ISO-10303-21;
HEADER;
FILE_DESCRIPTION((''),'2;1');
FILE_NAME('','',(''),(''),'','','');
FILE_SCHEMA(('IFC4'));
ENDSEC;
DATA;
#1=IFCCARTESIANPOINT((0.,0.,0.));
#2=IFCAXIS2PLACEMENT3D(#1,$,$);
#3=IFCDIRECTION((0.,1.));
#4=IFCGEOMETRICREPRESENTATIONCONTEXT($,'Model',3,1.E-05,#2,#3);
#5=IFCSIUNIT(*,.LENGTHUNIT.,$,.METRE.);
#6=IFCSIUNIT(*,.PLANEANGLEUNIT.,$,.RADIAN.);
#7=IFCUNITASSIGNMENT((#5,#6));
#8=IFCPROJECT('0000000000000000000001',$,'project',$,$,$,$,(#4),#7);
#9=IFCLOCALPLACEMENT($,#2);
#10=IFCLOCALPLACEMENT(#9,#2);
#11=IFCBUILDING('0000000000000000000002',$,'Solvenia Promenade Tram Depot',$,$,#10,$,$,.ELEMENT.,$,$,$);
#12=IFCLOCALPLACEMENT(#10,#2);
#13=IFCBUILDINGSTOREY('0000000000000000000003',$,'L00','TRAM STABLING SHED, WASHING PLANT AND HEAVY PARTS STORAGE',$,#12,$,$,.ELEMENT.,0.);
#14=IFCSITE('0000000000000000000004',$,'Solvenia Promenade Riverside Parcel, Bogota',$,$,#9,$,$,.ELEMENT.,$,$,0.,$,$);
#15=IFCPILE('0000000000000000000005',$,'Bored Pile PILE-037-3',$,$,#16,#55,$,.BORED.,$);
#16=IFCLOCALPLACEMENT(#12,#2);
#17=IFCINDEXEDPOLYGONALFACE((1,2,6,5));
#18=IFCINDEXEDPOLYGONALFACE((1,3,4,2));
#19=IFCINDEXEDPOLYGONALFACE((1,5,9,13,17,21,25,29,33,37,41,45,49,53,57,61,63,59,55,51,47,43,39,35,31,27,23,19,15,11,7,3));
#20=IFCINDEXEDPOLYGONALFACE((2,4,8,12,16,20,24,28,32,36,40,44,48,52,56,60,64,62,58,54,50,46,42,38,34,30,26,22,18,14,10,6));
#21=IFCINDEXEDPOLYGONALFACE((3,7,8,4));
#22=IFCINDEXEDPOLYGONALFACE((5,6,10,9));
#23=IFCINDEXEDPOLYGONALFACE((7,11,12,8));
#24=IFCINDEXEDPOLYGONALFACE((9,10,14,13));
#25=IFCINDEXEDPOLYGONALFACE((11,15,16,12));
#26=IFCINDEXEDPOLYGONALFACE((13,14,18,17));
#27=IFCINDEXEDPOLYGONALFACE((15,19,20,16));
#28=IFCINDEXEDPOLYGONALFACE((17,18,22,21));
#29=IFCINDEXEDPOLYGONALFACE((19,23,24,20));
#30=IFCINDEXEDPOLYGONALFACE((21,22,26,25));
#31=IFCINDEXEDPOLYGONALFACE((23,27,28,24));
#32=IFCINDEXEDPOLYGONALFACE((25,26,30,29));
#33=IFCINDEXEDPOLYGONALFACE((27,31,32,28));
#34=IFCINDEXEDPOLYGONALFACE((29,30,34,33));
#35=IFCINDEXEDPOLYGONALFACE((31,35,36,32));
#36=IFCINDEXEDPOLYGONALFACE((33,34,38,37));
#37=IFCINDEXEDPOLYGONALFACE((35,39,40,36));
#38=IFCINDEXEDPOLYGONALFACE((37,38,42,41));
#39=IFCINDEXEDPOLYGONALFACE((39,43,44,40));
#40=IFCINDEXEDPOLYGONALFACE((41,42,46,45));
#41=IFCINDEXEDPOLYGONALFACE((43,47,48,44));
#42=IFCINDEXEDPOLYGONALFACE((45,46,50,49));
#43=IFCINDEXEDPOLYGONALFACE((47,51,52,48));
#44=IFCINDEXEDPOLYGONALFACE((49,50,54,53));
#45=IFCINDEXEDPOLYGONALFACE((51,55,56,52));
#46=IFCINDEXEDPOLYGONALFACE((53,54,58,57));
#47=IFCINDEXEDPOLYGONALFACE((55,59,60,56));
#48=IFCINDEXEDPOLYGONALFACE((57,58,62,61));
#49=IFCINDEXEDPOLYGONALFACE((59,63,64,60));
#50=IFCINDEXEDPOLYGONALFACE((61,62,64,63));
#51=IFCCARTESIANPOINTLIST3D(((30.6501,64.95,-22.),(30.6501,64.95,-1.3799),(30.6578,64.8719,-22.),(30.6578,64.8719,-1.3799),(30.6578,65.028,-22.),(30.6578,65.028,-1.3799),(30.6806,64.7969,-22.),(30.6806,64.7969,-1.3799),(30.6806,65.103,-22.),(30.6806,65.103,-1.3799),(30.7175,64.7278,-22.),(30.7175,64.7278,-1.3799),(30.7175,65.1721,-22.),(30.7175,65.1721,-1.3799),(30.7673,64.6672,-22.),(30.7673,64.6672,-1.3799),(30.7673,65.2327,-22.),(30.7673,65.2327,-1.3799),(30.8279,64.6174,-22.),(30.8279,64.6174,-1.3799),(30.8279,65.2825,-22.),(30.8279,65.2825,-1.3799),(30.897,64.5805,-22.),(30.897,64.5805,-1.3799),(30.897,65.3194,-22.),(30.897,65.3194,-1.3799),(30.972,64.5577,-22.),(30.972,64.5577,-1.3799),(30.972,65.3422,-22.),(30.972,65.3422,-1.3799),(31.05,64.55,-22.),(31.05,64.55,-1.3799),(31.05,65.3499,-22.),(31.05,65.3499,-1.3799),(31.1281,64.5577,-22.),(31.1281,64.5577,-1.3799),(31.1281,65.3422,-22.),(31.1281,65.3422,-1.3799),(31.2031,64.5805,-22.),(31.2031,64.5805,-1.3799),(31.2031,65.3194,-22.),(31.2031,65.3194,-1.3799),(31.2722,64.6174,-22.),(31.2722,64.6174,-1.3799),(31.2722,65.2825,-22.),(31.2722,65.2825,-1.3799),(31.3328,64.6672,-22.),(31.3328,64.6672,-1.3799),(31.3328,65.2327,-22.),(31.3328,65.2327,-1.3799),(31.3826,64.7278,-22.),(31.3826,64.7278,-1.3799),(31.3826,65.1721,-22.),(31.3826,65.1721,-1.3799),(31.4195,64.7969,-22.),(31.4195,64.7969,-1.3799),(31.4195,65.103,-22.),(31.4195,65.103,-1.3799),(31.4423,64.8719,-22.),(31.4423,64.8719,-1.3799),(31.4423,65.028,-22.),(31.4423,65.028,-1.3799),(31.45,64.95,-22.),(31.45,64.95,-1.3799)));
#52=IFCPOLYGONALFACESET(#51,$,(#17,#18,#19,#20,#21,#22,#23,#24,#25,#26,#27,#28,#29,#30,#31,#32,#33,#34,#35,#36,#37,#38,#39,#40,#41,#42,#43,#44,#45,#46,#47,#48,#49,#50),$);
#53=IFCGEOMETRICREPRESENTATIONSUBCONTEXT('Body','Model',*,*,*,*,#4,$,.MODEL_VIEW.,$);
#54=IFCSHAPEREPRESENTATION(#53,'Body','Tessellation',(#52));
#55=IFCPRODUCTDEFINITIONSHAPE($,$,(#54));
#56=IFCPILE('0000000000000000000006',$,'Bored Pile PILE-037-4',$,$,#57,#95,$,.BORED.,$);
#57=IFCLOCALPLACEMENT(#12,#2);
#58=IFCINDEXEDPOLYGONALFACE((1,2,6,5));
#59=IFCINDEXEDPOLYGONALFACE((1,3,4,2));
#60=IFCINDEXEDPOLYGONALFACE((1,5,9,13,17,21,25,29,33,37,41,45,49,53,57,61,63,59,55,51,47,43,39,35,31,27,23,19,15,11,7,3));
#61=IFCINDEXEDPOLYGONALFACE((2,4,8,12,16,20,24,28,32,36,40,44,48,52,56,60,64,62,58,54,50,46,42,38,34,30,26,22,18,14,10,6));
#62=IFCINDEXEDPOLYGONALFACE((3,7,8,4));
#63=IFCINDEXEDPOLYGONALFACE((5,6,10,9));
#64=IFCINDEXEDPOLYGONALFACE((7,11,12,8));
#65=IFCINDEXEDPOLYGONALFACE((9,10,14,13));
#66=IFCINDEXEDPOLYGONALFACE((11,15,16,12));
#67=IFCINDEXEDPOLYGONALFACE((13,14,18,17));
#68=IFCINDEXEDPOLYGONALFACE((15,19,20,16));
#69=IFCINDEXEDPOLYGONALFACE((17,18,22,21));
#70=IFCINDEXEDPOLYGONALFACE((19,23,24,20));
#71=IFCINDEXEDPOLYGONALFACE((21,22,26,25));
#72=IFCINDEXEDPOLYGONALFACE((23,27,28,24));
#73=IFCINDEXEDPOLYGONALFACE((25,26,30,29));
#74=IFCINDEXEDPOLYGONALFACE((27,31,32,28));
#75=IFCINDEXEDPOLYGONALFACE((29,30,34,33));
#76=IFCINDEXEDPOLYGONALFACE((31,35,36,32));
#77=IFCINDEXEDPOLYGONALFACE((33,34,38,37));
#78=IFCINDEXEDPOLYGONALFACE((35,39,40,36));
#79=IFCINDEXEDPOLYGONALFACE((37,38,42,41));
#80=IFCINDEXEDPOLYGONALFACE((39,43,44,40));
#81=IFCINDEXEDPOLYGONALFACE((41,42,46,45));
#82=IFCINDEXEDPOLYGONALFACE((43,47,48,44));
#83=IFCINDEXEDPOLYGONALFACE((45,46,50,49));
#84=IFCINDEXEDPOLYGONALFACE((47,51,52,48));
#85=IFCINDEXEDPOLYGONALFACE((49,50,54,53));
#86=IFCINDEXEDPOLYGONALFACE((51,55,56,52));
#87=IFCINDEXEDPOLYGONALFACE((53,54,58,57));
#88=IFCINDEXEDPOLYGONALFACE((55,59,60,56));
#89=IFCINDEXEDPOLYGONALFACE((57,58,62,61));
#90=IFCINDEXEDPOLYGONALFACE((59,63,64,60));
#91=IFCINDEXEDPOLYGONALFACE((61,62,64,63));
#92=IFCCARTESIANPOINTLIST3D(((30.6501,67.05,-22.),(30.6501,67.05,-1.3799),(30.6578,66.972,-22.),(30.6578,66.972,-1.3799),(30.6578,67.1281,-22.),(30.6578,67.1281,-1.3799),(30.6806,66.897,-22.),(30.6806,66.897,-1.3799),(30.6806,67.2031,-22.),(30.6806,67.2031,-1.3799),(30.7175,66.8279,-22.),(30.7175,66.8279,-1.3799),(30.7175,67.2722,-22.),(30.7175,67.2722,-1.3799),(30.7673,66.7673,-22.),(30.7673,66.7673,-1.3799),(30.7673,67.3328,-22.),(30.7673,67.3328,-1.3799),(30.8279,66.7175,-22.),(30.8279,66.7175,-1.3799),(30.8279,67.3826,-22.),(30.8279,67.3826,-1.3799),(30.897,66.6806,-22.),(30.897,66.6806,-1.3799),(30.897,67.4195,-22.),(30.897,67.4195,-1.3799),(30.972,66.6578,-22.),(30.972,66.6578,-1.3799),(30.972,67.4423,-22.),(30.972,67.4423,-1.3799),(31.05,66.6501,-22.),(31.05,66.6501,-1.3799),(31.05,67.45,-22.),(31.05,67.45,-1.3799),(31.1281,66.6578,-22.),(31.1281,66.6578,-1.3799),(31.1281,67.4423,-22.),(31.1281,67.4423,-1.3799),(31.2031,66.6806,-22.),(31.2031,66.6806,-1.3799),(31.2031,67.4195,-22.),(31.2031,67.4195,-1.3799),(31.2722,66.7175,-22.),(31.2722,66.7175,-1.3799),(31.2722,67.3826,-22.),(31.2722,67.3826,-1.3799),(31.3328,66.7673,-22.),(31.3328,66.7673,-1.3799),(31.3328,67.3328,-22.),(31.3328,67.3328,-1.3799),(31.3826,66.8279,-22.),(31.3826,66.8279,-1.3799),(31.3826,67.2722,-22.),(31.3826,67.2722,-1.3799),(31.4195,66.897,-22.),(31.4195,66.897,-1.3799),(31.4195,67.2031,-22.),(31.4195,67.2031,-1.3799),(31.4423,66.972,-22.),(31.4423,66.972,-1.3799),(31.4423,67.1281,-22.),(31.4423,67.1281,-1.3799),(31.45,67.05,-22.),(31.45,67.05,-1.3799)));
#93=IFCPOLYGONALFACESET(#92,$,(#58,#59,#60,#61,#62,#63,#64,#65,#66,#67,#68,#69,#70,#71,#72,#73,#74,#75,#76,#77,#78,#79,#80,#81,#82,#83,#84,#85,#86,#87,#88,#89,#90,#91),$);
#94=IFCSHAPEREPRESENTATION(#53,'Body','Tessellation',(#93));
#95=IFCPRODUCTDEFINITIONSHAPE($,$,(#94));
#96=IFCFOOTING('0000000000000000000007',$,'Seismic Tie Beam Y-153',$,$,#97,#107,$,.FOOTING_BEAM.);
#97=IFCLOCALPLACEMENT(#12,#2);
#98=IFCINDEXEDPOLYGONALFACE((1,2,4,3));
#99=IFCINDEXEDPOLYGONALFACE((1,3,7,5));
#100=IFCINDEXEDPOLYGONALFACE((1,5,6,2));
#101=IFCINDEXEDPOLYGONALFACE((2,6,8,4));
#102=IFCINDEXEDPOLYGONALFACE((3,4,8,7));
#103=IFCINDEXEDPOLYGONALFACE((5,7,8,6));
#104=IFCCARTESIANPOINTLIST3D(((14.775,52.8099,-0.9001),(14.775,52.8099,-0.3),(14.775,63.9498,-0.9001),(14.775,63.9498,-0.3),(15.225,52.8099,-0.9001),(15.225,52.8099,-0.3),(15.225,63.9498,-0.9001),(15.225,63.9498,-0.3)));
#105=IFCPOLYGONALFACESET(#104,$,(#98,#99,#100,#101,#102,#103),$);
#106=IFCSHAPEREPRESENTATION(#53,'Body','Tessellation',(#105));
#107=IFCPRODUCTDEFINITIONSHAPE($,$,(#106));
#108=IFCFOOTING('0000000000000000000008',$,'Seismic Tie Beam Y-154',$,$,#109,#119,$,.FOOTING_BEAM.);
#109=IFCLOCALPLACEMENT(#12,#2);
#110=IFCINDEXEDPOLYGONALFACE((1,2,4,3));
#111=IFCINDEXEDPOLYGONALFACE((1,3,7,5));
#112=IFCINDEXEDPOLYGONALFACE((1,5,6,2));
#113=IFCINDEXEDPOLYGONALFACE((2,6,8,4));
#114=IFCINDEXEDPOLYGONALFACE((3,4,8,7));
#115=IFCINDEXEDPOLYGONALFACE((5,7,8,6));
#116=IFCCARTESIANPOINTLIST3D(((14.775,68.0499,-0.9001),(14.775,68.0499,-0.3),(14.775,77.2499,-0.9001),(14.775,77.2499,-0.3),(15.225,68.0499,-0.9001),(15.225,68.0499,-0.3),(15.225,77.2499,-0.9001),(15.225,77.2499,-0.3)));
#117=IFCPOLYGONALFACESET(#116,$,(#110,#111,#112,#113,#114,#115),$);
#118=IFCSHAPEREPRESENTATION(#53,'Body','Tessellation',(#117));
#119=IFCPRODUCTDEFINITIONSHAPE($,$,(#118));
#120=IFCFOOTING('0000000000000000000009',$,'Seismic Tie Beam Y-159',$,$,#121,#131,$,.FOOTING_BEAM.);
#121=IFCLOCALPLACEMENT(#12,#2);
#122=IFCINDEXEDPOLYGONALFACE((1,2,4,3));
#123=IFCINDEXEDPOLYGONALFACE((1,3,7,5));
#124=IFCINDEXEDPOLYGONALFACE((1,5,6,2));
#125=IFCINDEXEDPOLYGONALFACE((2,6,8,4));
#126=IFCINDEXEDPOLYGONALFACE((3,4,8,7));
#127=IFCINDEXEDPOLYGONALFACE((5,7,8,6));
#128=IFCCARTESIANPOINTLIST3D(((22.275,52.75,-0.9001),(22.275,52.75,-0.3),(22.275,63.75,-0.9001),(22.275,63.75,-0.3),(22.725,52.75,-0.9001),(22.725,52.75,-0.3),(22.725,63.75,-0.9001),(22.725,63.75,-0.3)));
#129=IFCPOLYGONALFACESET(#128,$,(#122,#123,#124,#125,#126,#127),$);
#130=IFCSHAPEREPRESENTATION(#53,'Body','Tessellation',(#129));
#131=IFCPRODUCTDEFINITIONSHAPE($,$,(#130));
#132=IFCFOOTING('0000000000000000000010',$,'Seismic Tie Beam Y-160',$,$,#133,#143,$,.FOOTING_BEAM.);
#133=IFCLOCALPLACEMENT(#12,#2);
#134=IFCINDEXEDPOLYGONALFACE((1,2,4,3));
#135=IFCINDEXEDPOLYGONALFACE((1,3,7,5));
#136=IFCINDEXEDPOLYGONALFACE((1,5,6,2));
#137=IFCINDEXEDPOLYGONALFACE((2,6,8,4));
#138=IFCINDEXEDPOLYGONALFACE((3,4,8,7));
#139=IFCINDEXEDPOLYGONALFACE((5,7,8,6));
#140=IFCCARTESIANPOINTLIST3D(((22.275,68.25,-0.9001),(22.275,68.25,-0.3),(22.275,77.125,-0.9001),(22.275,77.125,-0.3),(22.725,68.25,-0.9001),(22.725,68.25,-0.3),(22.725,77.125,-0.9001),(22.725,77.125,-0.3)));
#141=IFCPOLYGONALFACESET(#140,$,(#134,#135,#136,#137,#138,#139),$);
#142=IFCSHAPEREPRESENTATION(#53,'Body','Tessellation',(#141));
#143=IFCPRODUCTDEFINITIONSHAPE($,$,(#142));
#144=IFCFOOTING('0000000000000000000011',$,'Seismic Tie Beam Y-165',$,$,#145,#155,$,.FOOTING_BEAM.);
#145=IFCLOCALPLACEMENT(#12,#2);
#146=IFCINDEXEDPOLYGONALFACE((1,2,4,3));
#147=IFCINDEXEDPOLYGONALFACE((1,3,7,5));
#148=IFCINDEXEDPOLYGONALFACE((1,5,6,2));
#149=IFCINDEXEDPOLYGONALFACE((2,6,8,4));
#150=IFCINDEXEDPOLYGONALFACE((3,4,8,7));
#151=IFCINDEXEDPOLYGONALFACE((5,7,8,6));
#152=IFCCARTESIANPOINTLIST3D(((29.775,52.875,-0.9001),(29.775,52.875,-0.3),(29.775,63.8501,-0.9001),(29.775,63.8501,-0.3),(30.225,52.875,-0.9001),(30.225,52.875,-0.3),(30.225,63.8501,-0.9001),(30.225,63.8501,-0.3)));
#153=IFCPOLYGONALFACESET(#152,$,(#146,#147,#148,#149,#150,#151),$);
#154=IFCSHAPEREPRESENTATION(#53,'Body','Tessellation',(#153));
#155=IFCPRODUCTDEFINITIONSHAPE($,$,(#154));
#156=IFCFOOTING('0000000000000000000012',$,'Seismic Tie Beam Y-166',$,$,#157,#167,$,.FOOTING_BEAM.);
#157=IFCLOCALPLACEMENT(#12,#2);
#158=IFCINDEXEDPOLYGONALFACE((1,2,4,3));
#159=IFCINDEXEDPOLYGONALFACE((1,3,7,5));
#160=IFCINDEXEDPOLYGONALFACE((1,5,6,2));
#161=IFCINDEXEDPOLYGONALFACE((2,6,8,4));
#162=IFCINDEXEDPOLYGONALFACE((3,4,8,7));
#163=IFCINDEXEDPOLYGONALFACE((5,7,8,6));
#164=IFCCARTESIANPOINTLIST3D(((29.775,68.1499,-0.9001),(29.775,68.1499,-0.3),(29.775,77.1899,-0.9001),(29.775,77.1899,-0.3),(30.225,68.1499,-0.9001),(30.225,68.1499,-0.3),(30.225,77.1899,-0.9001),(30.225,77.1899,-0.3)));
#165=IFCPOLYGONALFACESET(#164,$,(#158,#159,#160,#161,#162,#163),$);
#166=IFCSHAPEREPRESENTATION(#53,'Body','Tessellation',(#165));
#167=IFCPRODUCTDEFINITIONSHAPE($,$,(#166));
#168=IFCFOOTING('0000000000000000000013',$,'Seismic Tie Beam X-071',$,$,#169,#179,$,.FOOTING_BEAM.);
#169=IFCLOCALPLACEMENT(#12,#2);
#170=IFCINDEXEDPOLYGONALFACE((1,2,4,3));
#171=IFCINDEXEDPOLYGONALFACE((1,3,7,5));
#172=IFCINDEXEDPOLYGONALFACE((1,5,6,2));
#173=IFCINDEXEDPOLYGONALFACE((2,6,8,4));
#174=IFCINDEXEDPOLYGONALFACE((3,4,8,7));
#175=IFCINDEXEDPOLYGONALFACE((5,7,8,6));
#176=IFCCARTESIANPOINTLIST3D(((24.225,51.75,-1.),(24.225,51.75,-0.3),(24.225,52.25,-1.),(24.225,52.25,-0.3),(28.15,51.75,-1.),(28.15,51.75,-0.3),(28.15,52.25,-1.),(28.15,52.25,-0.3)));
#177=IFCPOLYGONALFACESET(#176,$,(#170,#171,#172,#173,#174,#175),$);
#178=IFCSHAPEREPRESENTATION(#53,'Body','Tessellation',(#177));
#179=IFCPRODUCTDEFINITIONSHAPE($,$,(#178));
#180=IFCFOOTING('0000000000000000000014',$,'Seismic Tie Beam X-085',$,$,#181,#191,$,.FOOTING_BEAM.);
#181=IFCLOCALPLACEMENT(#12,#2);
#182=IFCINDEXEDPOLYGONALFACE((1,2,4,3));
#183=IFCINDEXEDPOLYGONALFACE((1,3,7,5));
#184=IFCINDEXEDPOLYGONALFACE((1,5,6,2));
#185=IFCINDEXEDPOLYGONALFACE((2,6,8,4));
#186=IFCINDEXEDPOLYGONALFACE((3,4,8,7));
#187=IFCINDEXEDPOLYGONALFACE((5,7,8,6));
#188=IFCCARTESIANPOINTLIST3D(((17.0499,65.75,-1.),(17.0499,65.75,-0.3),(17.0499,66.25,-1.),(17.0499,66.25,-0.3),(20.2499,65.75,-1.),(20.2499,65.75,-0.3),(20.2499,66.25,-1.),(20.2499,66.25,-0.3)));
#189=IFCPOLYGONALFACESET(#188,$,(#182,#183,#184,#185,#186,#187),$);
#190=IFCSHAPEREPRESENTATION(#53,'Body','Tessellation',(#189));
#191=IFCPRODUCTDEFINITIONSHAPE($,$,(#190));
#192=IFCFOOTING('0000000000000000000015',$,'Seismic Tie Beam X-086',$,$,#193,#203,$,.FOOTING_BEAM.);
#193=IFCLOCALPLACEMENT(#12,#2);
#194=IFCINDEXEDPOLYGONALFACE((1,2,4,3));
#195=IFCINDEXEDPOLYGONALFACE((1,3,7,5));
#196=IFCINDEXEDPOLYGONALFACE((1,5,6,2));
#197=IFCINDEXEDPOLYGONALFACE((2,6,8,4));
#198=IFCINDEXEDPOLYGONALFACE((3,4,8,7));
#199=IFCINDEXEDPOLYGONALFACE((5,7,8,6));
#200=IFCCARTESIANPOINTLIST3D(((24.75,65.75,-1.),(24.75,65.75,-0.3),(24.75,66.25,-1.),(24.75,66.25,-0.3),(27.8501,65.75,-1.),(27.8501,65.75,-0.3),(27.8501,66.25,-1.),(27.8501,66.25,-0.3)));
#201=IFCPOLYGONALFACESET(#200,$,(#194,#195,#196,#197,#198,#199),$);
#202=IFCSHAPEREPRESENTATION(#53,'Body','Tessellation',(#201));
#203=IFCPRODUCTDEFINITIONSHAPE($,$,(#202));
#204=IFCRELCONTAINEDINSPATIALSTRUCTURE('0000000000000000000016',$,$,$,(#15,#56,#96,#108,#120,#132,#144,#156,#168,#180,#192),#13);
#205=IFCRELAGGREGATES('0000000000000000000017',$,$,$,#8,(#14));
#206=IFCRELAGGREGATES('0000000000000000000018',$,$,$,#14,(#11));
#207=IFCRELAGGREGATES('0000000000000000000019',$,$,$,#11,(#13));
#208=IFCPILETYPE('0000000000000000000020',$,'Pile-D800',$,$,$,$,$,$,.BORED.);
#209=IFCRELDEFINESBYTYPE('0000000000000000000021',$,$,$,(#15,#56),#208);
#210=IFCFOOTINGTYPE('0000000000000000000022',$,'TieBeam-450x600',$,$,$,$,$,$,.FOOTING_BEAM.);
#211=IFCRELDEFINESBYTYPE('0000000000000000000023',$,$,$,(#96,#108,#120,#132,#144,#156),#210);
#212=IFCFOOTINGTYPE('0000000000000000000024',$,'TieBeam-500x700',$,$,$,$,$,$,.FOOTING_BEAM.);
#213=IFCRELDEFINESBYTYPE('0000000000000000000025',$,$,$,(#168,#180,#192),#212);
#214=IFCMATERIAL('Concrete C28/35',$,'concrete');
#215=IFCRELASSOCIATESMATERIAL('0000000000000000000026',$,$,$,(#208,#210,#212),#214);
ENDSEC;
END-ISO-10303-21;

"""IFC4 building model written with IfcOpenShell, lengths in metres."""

from ifc_helpers import new_model, si_unit, direction, frame, origin, origin_2d, place, context, subcontext, project, spatial, rectangle, circle, extrude, material, material_profile, profile_set, type_object, element, save


model = new_model("IFC4")

# Units and contexts
model_context = context("Model", 3, precision=1e-05, world=origin(), true_north=direction((0.0, 1.0)))
body_context = subcontext(model_context, "Body", "Model", "MODEL_VIEW")
ifc_project = project(units=[si_unit("LENGTHUNIT", "METRE"), si_unit("PLANEANGLEUNIT", "RADIAN")], contexts=[model_context])

# Site, building, storey
site_placement = place(None, origin())
site = spatial("IfcSite", under=ifc_project, at=site_placement, Name="Solvenia Promenade Riverside Parcel, Bogota", CompositionType="ELEMENT", RefElevation=0.0)
building_placement = place(site_placement, origin())
building = spatial("IfcBuilding", under=site, at=building_placement, Name="Solvenia Promenade Tram Depot", CompositionType="ELEMENT")
storey_placement = place(building_placement, origin())
storey = spatial("IfcBuildingStorey", under=building, at=storey_placement, Name="L00", Description="TRAM STABLING SHED, WASHING PLANT AND HEAVY PARTS STORAGE", CompositionType="ELEMENT", Elevation=0.0)

# Shared definitions
ifc_material_1 = material(Name="Concrete C28/35", Category="concrete")

# Piles
ifc_material_profile_1 = material_profile(ifc_material_1, circle(Radius=0.3999, at=origin_2d()), Name="D800", Category="concrete")
ifc_profile_set_1 = profile_set([ifc_material_profile_1], Name="Concrete C28/35")
pile_type_1 = type_object("IfcPileType", Name="Pile-D800", PredefinedType="BORED", material=ifc_profile_set_1)
for number, where, z_axis, x_axis, name in (
    (1, (31.05, 64.95, -1.3799), (0.0, 0.0, -1.0), (1.0, 0.0, 0.0), "Bored Pile PILE-037-3"),
    (2, (31.05, 67.05, -1.3799), (0.0, 0.0, -1.0), (1.0, 0.0, 0.0), "Bored Pile PILE-037-4"),
):
    element("IfcPile", number, at=place(storey_placement, frame(where, z_axis=z_axis, x_axis=x_axis)), inside=storey, type_object=pile_type_1, Name=name, PredefinedType="BORED", context=body_context, shape_type="SweptSolid", body=[
        extrude(circle(Radius=0.3999, at=origin_2d()), origin(), (0.0, 0.0, 1.0), 20.6201),
    ])

# Footings
footing_type_1 = type_object("IfcFootingType", Name="TieBeam-450x600", PredefinedType="FOOTING_BEAM", material=ifc_material_1)
footing_1_placement = place(storey_placement, frame((15.0, 58.3799, -0.9001), z_axis=(0.0, 0.0, 1.0), x_axis=(1.0, 0.0, 0.0)))
element("IfcFooting", 3, at=footing_1_placement, inside=storey, type_object=footing_type_1, Name="Seismic Tie Beam Y-153", PredefinedType="FOOTING_BEAM", context=body_context, shape_type="SweptSolid", body=[
    extrude(rectangle(XDim=0.45, YDim=11.1399, at=origin_2d()), origin(), (0.0, 0.0, 1.0), 0.6001),
])
footing_2_placement = place(storey_placement, frame((15.0, 72.6499, -0.9001), z_axis=(0.0, 0.0, 1.0), x_axis=(1.0, 0.0, 0.0)))
element("IfcFooting", 4, at=footing_2_placement, inside=storey, type_object=footing_type_1, Name="Seismic Tie Beam Y-154", PredefinedType="FOOTING_BEAM", context=body_context, shape_type="SweptSolid", body=[
    extrude(rectangle(XDim=0.45, YDim=9.2, at=origin_2d()), origin(), (0.0, 0.0, 1.0), 0.6001),
])
footing_3_placement = place(storey_placement, frame((22.5, 58.25, -0.9001), z_axis=(0.0, 0.0, 1.0), x_axis=(1.0, 0.0, 0.0)))
element("IfcFooting", 5, at=footing_3_placement, inside=storey, type_object=footing_type_1, Name="Seismic Tie Beam Y-159", PredefinedType="FOOTING_BEAM", context=body_context, shape_type="SweptSolid", body=[
    extrude(rectangle(XDim=0.45, YDim=11.0, at=origin_2d()), origin(), (0.0, 0.0, 1.0), 0.6001),
])
footing_4_placement = place(storey_placement, frame((22.5, 72.6875, -0.9001), z_axis=(0.0, 0.0, 1.0), x_axis=(1.0, 0.0, 0.0)))
element("IfcFooting", 6, at=footing_4_placement, inside=storey, type_object=footing_type_1, Name="Seismic Tie Beam Y-160", PredefinedType="FOOTING_BEAM", context=body_context, shape_type="SweptSolid", body=[
    extrude(rectangle(XDim=0.45, YDim=8.875, at=origin_2d()), origin(), (0.0, 0.0, 1.0), 0.6001),
])
footing_5_placement = place(storey_placement, frame((30.0, 58.3625, -0.9001), z_axis=(0.0, 0.0, 1.0), x_axis=(1.0, 0.0, 0.0)))
element("IfcFooting", 7, at=footing_5_placement, inside=storey, type_object=footing_type_1, Name="Seismic Tie Beam Y-165", PredefinedType="FOOTING_BEAM", context=body_context, shape_type="SweptSolid", body=[
    extrude(rectangle(XDim=0.45, YDim=10.9751, at=origin_2d()), origin(), (0.0, 0.0, 1.0), 0.6001),
])
footing_6_placement = place(storey_placement, frame((30.0, 72.6699, -0.9001), z_axis=(0.0, 0.0, 1.0), x_axis=(1.0, 0.0, 0.0)))
element("IfcFooting", 8, at=footing_6_placement, inside=storey, type_object=footing_type_1, Name="Seismic Tie Beam Y-166", PredefinedType="FOOTING_BEAM", context=body_context, shape_type="SweptSolid", body=[
    extrude(rectangle(XDim=0.45, YDim=9.04, at=origin_2d()), origin(), (0.0, 0.0, 1.0), 0.6001),
])
footing_type_2 = type_object("IfcFootingType", Name="TieBeam-500x700", PredefinedType="FOOTING_BEAM", material=ifc_material_1)
footing_7_placement = place(storey_placement, frame((26.1875, 52.0, -1.0), z_axis=(0.0, 0.0, 1.0), x_axis=(1.0, 0.0, 0.0)))
element("IfcFooting", 9, at=footing_7_placement, inside=storey, type_object=footing_type_2, Name="Seismic Tie Beam X-071", PredefinedType="FOOTING_BEAM", context=body_context, shape_type="SweptSolid", body=[
    extrude(rectangle(XDim=3.925, YDim=0.5, at=origin_2d()), origin(), (0.0, 0.0, 1.0), 0.7),
])
footing_8_placement = place(storey_placement, frame((18.6499, 66.0, -1.0), z_axis=(0.0, 0.0, 1.0), x_axis=(1.0, 0.0, 0.0)))
element("IfcFooting", 10, at=footing_8_placement, inside=storey, type_object=footing_type_2, Name="Seismic Tie Beam X-085", PredefinedType="FOOTING_BEAM", context=body_context, shape_type="SweptSolid", body=[
    extrude(rectangle(XDim=3.2, YDim=0.5, at=origin_2d()), origin(), (0.0, 0.0, 1.0), 0.7),
])
footing_9_placement = place(storey_placement, frame((26.3, 66.0, -1.0), z_axis=(0.0, 0.0, 1.0), x_axis=(1.0, 0.0, 0.0)))
element("IfcFooting", 11, at=footing_9_placement, inside=storey, type_object=footing_type_2, Name="Seismic Tie Beam X-086", PredefinedType="FOOTING_BEAM", context=body_context, shape_type="SweptSolid", body=[
    extrude(rectangle(XDim=3.1001, YDim=0.5, at=origin_2d()), origin(), (0.0, 0.0, 1.0), 0.7),
])

save(model, "model.ifc")
